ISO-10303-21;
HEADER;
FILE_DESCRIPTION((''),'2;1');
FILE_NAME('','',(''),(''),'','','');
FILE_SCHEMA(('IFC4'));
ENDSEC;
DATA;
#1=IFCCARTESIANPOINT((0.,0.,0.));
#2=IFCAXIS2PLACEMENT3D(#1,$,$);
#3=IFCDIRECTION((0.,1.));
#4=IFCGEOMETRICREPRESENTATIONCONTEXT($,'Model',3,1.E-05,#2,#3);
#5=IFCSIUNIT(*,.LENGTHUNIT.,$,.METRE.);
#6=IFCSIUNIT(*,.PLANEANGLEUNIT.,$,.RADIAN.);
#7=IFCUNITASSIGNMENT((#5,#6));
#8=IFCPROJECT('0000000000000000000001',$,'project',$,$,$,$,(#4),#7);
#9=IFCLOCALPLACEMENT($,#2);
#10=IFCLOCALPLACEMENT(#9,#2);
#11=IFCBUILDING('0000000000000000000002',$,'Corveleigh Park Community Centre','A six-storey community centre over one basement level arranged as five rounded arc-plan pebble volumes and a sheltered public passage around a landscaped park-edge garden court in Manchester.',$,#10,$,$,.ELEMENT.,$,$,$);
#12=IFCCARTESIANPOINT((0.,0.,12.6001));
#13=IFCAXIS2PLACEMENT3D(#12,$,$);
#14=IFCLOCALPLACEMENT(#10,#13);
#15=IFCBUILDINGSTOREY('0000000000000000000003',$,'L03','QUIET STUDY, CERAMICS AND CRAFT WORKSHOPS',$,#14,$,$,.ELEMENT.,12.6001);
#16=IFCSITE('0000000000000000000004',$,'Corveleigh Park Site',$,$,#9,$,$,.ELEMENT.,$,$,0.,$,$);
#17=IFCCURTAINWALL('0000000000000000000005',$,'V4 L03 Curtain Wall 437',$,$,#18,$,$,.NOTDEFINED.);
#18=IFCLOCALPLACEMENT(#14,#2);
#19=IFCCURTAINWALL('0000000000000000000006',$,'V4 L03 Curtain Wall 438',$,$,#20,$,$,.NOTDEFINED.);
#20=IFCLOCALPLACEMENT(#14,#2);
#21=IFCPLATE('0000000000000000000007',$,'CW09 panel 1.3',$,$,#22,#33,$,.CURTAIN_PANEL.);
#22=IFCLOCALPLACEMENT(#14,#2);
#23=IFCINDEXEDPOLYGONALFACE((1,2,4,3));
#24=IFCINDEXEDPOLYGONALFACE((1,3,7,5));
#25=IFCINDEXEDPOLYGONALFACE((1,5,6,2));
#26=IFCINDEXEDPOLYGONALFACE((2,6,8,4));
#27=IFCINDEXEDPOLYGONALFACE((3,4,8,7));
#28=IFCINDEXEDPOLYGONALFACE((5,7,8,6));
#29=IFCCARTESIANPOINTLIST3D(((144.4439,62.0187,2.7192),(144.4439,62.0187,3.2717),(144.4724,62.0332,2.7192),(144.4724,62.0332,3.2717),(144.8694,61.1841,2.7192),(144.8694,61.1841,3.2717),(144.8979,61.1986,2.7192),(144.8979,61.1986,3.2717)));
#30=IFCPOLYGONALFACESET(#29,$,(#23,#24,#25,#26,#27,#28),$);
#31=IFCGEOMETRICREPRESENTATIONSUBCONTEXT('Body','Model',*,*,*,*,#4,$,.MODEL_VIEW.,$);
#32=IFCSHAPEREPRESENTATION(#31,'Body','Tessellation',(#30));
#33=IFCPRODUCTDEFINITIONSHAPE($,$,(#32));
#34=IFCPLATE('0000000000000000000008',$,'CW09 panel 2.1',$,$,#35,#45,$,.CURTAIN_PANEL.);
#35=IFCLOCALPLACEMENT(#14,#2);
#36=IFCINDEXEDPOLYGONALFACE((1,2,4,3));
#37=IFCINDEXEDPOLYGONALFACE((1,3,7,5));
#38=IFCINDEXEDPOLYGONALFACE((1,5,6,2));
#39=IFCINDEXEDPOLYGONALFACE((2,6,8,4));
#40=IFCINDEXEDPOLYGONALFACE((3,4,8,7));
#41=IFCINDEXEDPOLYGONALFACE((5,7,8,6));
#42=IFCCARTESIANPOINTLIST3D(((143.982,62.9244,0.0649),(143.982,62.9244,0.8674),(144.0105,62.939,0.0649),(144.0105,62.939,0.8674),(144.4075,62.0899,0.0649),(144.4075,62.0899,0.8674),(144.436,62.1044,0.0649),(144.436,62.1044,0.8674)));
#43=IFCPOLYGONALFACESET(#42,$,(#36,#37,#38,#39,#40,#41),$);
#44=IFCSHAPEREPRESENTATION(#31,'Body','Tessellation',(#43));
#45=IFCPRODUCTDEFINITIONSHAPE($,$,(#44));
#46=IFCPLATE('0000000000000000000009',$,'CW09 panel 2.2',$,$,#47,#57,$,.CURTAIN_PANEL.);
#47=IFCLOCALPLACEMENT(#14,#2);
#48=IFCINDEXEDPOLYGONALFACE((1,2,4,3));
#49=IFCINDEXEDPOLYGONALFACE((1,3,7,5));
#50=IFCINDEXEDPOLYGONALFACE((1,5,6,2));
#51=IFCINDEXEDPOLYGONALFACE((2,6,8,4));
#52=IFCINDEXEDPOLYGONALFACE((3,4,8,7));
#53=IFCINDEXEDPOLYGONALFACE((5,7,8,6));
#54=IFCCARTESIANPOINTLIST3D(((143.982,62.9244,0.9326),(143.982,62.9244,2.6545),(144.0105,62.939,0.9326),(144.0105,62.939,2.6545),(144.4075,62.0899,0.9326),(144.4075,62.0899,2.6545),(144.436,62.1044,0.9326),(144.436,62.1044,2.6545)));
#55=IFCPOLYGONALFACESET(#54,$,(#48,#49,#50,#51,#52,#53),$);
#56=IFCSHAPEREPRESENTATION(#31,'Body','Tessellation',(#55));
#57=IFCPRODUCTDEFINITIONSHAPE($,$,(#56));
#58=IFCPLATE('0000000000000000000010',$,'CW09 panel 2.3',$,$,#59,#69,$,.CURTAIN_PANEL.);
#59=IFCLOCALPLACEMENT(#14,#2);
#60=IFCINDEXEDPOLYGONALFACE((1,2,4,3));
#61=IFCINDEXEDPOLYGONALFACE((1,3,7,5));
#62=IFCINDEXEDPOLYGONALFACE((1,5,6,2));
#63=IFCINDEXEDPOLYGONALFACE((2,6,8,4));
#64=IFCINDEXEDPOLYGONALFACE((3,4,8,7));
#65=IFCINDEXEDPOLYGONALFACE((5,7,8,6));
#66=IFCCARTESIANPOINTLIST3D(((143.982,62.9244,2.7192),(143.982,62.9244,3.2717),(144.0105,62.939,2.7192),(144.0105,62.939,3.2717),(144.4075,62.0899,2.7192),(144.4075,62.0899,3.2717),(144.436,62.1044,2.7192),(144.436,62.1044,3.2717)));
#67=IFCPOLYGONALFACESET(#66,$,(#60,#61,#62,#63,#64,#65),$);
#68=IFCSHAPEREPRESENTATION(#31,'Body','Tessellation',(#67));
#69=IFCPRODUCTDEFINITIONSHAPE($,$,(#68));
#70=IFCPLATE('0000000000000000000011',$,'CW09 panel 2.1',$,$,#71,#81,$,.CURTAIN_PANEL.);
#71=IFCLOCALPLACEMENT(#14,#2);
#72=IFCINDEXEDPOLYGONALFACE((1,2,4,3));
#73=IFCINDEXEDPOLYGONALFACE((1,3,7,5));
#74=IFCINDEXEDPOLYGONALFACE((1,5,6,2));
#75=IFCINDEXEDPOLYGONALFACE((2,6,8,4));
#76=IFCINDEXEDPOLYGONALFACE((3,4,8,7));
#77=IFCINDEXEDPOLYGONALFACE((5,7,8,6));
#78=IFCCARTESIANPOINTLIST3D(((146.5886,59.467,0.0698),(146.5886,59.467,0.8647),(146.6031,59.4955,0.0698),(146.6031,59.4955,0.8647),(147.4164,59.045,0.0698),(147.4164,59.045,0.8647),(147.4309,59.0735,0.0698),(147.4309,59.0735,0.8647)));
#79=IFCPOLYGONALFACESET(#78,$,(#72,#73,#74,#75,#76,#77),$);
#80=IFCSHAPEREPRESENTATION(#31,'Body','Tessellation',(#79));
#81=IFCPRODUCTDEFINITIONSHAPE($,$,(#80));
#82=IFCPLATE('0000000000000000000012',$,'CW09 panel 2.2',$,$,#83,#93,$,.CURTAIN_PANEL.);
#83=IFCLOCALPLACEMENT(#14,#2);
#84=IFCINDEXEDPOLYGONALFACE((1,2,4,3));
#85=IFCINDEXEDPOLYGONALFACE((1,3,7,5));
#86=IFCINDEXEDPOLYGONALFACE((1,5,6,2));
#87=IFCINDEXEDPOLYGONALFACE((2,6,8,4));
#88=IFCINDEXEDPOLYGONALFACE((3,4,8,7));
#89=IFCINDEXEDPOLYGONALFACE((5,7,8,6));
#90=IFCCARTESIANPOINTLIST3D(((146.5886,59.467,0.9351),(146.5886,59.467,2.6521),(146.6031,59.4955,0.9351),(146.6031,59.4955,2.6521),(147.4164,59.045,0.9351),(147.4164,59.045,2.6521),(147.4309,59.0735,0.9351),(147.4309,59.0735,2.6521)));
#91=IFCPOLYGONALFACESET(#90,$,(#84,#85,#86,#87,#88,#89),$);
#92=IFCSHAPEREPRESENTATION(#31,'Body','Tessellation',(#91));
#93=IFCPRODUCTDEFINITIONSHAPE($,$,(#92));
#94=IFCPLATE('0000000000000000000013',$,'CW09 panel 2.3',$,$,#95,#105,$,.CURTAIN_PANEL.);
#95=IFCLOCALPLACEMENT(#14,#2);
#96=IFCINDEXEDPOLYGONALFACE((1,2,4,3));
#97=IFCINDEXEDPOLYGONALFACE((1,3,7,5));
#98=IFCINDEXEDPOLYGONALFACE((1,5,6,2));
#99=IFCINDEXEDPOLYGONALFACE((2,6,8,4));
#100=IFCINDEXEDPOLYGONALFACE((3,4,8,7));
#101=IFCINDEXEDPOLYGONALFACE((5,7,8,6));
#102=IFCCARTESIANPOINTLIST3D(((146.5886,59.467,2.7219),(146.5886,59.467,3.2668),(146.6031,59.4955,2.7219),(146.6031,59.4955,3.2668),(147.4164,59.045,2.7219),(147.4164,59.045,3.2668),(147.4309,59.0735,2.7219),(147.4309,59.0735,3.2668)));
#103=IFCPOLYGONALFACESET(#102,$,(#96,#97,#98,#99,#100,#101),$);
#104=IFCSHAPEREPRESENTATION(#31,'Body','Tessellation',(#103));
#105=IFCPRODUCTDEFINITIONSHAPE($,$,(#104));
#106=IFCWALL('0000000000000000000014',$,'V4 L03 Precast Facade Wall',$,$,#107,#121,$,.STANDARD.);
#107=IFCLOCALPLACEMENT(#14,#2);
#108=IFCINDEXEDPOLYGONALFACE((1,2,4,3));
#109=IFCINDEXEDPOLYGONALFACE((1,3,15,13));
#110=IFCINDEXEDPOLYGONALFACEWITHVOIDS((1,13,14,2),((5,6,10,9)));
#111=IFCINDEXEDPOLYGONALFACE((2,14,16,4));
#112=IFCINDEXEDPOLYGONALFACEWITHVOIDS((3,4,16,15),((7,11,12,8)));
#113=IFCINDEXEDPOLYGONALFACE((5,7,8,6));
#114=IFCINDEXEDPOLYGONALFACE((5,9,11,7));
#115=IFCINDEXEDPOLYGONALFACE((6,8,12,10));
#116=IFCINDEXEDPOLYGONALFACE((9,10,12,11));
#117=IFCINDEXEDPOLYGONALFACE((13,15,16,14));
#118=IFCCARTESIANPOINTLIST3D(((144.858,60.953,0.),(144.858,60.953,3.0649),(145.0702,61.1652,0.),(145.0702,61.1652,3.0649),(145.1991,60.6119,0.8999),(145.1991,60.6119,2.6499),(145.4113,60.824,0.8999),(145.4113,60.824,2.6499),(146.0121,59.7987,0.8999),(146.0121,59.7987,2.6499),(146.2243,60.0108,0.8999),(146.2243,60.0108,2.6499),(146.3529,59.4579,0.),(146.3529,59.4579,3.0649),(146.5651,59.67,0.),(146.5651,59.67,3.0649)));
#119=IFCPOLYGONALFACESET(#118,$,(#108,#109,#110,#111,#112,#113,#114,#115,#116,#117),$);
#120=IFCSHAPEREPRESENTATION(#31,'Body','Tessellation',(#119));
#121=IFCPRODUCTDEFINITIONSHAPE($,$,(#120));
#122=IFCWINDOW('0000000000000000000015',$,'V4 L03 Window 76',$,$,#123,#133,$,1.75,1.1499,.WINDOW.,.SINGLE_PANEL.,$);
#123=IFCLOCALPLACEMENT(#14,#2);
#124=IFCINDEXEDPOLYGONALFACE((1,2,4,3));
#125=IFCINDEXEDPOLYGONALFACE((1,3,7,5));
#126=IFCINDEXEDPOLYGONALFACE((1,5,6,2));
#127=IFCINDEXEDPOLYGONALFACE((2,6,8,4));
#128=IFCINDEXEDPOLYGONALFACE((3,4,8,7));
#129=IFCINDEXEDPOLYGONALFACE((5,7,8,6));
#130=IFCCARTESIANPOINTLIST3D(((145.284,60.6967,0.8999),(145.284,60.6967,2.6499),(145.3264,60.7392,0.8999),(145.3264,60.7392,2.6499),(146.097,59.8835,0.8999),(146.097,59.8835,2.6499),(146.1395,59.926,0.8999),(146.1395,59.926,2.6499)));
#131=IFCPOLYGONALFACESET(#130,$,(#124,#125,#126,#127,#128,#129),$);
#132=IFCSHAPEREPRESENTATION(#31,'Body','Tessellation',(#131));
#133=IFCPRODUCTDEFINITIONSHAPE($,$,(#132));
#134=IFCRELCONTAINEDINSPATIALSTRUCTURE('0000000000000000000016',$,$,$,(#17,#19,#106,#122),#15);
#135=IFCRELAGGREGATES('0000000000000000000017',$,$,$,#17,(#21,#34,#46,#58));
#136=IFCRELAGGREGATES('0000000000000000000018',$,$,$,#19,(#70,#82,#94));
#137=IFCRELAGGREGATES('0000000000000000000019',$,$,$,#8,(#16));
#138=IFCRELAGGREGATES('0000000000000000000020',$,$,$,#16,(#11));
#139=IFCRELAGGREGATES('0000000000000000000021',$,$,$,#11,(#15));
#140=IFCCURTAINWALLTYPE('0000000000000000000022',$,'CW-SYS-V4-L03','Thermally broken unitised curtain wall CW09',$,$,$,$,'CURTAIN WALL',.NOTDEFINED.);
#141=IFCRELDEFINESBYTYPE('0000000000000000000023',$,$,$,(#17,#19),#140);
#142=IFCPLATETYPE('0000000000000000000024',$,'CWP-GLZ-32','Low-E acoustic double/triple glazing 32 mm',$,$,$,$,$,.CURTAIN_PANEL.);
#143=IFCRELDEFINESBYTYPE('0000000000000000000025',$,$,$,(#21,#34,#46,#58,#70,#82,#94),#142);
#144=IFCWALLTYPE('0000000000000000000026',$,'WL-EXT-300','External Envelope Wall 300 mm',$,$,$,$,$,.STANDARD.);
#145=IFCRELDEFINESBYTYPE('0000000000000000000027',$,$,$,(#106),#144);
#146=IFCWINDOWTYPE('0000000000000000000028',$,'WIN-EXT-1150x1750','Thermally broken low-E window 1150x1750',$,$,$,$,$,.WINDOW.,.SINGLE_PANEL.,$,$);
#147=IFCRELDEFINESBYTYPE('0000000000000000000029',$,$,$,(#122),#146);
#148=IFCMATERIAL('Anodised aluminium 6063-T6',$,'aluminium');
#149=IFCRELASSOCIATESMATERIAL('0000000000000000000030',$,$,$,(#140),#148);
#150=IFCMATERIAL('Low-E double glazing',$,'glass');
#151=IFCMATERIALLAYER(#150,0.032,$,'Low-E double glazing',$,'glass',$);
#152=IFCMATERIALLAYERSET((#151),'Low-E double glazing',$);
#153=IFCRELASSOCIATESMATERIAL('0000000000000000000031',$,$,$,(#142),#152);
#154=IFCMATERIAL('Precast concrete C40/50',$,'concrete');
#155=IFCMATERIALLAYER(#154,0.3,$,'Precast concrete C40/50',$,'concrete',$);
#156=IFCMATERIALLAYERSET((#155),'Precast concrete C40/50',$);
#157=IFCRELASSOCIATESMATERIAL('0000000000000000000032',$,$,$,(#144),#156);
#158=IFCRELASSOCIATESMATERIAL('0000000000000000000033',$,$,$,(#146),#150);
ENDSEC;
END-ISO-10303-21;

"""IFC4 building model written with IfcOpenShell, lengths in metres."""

from ifc_helpers import new_model, si_unit, direction, frame, frame_2d, origin, origin_2d, place, context, subcontext, project, spatial, rectangle, extrude, material, layer, layer_set, type_object, element, fill, aggregate, save


model = new_model("IFC4")

# Units and contexts
model_context = context("Model", 3, precision=1e-05, world=origin(), true_north=direction((0.0, 1.0)))
body_context = subcontext(model_context, "Body", "Model", "MODEL_VIEW")
ifc_project = project(units=[si_unit("LENGTHUNIT", "METRE"), si_unit("PLANEANGLEUNIT", "RADIAN")], contexts=[model_context])

# Site, building, storey
site_placement = place(None, origin())
site = spatial("IfcSite", under=ifc_project, at=site_placement, Name="Corveleigh Park Site", CompositionType="ELEMENT", RefElevation=0.0)
building_placement = place(site_placement, origin())
building = spatial("IfcBuilding", under=site, at=building_placement, Name="Corveleigh Park Community Centre", Description="A six-storey community centre over one basement level arranged as five rounded arc-plan pebble volumes and a sheltered public passage around a landscaped park-edge garden court in Manchester.", CompositionType="ELEMENT")
storey_placement = place(building_placement, frame((0.0, 0.0, 12.6001)))
storey = spatial("IfcBuildingStorey", under=building, at=storey_placement, Name="L03", Description="QUIET STUDY, CERAMICS AND CRAFT WORKSHOPS", CompositionType="ELEMENT", Elevation=12.6001)

# Shared definitions
ifc_material_1 = material(Name="Anodised aluminium 6063-T6", Category="aluminium")
curtain_wall_type = type_object("IfcCurtainWallType", Name="CW-SYS-V4-L03", Description="Thermally broken unitised curtain wall CW09", ElementType="CURTAIN WALL", PredefinedType="NOTDEFINED", material=ifc_material_1)

# Curtain wall
curtain_wall_1_placement = place(storey_placement, origin())
curtain_wall_1 = element("IfcCurtainWall", 1, at=curtain_wall_1_placement, inside=storey, type_object=curtain_wall_type, Name="V4 L03 Curtain Wall 437", PredefinedType="NOTDEFINED")

# Curtain wall
curtain_wall_2_placement = place(storey_placement, origin())
curtain_wall_2 = element("IfcCurtainWall", 2, at=curtain_wall_2_placement, inside=storey, type_object=curtain_wall_type, Name="V4 L03 Curtain Wall 438", PredefinedType="NOTDEFINED")

# Plates
ifc_material_2 = material(Name="Low-E double glazing", Category="glass")
ifc_layer_1 = layer(ifc_material_2, 0.032, Name="Low-E double glazing", Category="glass")
ifc_layer_set_1 = layer_set([ifc_layer_1], Name="Low-E double glazing")
plate_type = type_object("IfcPlateType", Name="CWP-GLZ-32", Description="Low-E acoustic double/triple glazing 32 mm", PredefinedType="CURTAIN_PANEL", material=ifc_layer_set_1)
plate_1_placement = place(storey_placement, frame((144.6709, 61.6086, 2.7192), z_axis=(0.0, 0.0, 1.0), x_axis=(-0.454202, 0.890899, 0.0)))
plate_1 = element("IfcPlate", 3, at=plate_1_placement, type_object=plate_type, Name="CW09 panel 1.3", PredefinedType="CURTAIN_PANEL", context=body_context, shape_type="SweptSolid", body=[
    extrude(rectangle(XDim=0.9368, YDim=0.032, at=origin_2d()), origin(), (0.0, 0.0, 1.0), 0.5525),
])
plate_2_placement = place(storey_placement, frame((144.209, 62.5144, 0.0649), z_axis=(0.0, 0.0, 1.0), x_axis=(-0.454202, 0.890899, 0.0)))
plate_2 = element("IfcPlate", 4, at=plate_2_placement, type_object=plate_type, Name="CW09 panel 2.1", PredefinedType="CURTAIN_PANEL", context=body_context, shape_type="SweptSolid", body=[
    extrude(rectangle(XDim=0.9368, YDim=0.032, at=origin_2d()), origin(), (0.0, 0.0, 1.0), 0.8025),
])
plate_3_placement = place(storey_placement, frame((144.209, 62.5144, 0.9326), z_axis=(0.0, 0.0, 1.0), x_axis=(-0.454202, 0.890899, 0.0)))
plate_3 = element("IfcPlate", 5, at=plate_3_placement, type_object=plate_type, Name="CW09 panel 2.2", PredefinedType="CURTAIN_PANEL", context=body_context, shape_type="SweptSolid", body=[
    extrude(rectangle(XDim=0.9368, YDim=0.032, at=origin_2d()), origin(), (0.0, 0.0, 1.0), 1.7219),
])
plate_4_placement = place(storey_placement, frame((144.209, 62.5144, 2.7192), z_axis=(0.0, 0.0, 1.0), x_axis=(-0.454202, 0.890899, 0.0)))
plate_4 = element("IfcPlate", 6, at=plate_4_placement, type_object=plate_type, Name="CW09 panel 2.3", PredefinedType="CURTAIN_PANEL", context=body_context, shape_type="SweptSolid", body=[
    extrude(rectangle(XDim=0.9368, YDim=0.032, at=origin_2d()), origin(), (0.0, 0.0, 1.0), 0.5525),
])
aggregate(curtain_wall_1, [plate_1, plate_2, plate_3, plate_4])
plate_5_placement = place(storey_placement, frame((147.0098, 59.2703, 0.0698), z_axis=(0.0, 0.0, 1.0), x_axis=(-0.890899, 0.454202, 0.0)))
plate_5 = element("IfcPlate", 7, at=plate_5_placement, type_object=plate_type, Name="CW09 panel 2.1", PredefinedType="CURTAIN_PANEL", context=body_context, shape_type="SweptSolid", body=[
    extrude(rectangle(XDim=0.9292, YDim=0.032, at=origin_2d()), origin(), (0.0, 0.0, 1.0), 0.7949),
])
plate_6_placement = place(storey_placement, frame((147.0098, 59.2703, 0.9351), z_axis=(0.0, 0.0, 1.0), x_axis=(-0.890899, 0.454202, 0.0)))
plate_6 = element("IfcPlate", 8, at=plate_6_placement, type_object=plate_type, Name="CW09 panel 2.2", PredefinedType="CURTAIN_PANEL", context=body_context, shape_type="SweptSolid", body=[
    extrude(rectangle(XDim=0.9292, YDim=0.032, at=origin_2d()), origin(), (0.0, 0.0, 1.0), 1.717),
])
plate_7_placement = place(storey_placement, frame((147.0098, 59.2703, 2.7219), z_axis=(0.0, 0.0, 1.0), x_axis=(-0.890899, 0.454202, 0.0)))
plate_7 = element("IfcPlate", 9, at=plate_7_placement, type_object=plate_type, Name="CW09 panel 2.3", PredefinedType="CURTAIN_PANEL", context=body_context, shape_type="SweptSolid", body=[
    extrude(rectangle(XDim=0.9292, YDim=0.032, at=origin_2d()), origin(), (0.0, 0.0, 1.0), 0.5449),
])
aggregate(curtain_wall_2, [plate_5, plate_6, plate_7])

# Wall, opening, window
ifc_material_3 = material(Name="Precast concrete C40/50", Category="concrete")
ifc_layer_2 = layer(ifc_material_3, 0.3, Name="Precast concrete C40/50", Category="concrete")
ifc_layer_set_2 = layer_set([ifc_layer_2], Name="Precast concrete C40/50")
wall_type = type_object("IfcWallType", Name="WL-EXT-300", Description="External Envelope Wall 300 mm", PredefinedType="STANDARD", material=ifc_layer_set_2)
wall_placement = place(storey_placement, frame((146.459, 59.564, 0.0), z_axis=(0.0, 0.0, 1.0), x_axis=(-0.707049, 0.707165, 0.0)))
wall = element("IfcWall", 10, at=wall_placement, inside=storey, type_object=wall_type, Name="V4 L03 Precast Facade Wall", PredefinedType="STANDARD", context=body_context, shape_type="SweptSolid", body=[
    extrude(rectangle(XDim=2.1143, YDim=0.3, at=frame_2d((1.0571, 0.0))), origin(), (0.0, 0.0, 1.0), 3.0649),
])
opening_placement = place(wall_placement, frame((0.4819, 0.0, 0.8999)))
opening = element("IfcOpeningElement", 11, at=opening_placement, cuts=wall, PredefinedType="OPENING", context=body_context, shape_type="SweptSolid", body=[
    extrude(rectangle(XDim=1.1499, YDim=1.75, at=frame_2d((0.575, 0.875))), frame((0.0, 0.1599, 0.0), z_axis=(0.0, -1.0, 0.0), x_axis=(1.0, 0.0, 0.0)), (0.0, 0.0, 1.0), 0.3201),
])
window_type = type_object("IfcWindowType", Name="WIN-EXT-1150x1750", Description="Thermally broken low-E window 1150x1750", PartitioningType="SINGLE_PANEL", PredefinedType="WINDOW", material=ifc_material_2)
window_placement = place(opening_placement, origin())
window = element("IfcWindow", 12, at=window_placement, inside=storey, type_object=window_type, Name="V4 L03 Window 76", OverallHeight=1.75, OverallWidth=1.1499, PartitioningType="SINGLE_PANEL", PredefinedType="WINDOW", context=body_context, shape_type="SweptSolid", body=[
    extrude(rectangle(XDim=1.1499, YDim=1.75, at=frame_2d((0.575, 0.875))), frame((0.0, 0.03, 0.0), z_axis=(0.0, -1.0, 0.0), x_axis=(1.0, 0.0, 0.0)), (0.0, 0.0, 1.0), 0.0601),
])
fill(opening, window)

save(model, "model.ifc")
